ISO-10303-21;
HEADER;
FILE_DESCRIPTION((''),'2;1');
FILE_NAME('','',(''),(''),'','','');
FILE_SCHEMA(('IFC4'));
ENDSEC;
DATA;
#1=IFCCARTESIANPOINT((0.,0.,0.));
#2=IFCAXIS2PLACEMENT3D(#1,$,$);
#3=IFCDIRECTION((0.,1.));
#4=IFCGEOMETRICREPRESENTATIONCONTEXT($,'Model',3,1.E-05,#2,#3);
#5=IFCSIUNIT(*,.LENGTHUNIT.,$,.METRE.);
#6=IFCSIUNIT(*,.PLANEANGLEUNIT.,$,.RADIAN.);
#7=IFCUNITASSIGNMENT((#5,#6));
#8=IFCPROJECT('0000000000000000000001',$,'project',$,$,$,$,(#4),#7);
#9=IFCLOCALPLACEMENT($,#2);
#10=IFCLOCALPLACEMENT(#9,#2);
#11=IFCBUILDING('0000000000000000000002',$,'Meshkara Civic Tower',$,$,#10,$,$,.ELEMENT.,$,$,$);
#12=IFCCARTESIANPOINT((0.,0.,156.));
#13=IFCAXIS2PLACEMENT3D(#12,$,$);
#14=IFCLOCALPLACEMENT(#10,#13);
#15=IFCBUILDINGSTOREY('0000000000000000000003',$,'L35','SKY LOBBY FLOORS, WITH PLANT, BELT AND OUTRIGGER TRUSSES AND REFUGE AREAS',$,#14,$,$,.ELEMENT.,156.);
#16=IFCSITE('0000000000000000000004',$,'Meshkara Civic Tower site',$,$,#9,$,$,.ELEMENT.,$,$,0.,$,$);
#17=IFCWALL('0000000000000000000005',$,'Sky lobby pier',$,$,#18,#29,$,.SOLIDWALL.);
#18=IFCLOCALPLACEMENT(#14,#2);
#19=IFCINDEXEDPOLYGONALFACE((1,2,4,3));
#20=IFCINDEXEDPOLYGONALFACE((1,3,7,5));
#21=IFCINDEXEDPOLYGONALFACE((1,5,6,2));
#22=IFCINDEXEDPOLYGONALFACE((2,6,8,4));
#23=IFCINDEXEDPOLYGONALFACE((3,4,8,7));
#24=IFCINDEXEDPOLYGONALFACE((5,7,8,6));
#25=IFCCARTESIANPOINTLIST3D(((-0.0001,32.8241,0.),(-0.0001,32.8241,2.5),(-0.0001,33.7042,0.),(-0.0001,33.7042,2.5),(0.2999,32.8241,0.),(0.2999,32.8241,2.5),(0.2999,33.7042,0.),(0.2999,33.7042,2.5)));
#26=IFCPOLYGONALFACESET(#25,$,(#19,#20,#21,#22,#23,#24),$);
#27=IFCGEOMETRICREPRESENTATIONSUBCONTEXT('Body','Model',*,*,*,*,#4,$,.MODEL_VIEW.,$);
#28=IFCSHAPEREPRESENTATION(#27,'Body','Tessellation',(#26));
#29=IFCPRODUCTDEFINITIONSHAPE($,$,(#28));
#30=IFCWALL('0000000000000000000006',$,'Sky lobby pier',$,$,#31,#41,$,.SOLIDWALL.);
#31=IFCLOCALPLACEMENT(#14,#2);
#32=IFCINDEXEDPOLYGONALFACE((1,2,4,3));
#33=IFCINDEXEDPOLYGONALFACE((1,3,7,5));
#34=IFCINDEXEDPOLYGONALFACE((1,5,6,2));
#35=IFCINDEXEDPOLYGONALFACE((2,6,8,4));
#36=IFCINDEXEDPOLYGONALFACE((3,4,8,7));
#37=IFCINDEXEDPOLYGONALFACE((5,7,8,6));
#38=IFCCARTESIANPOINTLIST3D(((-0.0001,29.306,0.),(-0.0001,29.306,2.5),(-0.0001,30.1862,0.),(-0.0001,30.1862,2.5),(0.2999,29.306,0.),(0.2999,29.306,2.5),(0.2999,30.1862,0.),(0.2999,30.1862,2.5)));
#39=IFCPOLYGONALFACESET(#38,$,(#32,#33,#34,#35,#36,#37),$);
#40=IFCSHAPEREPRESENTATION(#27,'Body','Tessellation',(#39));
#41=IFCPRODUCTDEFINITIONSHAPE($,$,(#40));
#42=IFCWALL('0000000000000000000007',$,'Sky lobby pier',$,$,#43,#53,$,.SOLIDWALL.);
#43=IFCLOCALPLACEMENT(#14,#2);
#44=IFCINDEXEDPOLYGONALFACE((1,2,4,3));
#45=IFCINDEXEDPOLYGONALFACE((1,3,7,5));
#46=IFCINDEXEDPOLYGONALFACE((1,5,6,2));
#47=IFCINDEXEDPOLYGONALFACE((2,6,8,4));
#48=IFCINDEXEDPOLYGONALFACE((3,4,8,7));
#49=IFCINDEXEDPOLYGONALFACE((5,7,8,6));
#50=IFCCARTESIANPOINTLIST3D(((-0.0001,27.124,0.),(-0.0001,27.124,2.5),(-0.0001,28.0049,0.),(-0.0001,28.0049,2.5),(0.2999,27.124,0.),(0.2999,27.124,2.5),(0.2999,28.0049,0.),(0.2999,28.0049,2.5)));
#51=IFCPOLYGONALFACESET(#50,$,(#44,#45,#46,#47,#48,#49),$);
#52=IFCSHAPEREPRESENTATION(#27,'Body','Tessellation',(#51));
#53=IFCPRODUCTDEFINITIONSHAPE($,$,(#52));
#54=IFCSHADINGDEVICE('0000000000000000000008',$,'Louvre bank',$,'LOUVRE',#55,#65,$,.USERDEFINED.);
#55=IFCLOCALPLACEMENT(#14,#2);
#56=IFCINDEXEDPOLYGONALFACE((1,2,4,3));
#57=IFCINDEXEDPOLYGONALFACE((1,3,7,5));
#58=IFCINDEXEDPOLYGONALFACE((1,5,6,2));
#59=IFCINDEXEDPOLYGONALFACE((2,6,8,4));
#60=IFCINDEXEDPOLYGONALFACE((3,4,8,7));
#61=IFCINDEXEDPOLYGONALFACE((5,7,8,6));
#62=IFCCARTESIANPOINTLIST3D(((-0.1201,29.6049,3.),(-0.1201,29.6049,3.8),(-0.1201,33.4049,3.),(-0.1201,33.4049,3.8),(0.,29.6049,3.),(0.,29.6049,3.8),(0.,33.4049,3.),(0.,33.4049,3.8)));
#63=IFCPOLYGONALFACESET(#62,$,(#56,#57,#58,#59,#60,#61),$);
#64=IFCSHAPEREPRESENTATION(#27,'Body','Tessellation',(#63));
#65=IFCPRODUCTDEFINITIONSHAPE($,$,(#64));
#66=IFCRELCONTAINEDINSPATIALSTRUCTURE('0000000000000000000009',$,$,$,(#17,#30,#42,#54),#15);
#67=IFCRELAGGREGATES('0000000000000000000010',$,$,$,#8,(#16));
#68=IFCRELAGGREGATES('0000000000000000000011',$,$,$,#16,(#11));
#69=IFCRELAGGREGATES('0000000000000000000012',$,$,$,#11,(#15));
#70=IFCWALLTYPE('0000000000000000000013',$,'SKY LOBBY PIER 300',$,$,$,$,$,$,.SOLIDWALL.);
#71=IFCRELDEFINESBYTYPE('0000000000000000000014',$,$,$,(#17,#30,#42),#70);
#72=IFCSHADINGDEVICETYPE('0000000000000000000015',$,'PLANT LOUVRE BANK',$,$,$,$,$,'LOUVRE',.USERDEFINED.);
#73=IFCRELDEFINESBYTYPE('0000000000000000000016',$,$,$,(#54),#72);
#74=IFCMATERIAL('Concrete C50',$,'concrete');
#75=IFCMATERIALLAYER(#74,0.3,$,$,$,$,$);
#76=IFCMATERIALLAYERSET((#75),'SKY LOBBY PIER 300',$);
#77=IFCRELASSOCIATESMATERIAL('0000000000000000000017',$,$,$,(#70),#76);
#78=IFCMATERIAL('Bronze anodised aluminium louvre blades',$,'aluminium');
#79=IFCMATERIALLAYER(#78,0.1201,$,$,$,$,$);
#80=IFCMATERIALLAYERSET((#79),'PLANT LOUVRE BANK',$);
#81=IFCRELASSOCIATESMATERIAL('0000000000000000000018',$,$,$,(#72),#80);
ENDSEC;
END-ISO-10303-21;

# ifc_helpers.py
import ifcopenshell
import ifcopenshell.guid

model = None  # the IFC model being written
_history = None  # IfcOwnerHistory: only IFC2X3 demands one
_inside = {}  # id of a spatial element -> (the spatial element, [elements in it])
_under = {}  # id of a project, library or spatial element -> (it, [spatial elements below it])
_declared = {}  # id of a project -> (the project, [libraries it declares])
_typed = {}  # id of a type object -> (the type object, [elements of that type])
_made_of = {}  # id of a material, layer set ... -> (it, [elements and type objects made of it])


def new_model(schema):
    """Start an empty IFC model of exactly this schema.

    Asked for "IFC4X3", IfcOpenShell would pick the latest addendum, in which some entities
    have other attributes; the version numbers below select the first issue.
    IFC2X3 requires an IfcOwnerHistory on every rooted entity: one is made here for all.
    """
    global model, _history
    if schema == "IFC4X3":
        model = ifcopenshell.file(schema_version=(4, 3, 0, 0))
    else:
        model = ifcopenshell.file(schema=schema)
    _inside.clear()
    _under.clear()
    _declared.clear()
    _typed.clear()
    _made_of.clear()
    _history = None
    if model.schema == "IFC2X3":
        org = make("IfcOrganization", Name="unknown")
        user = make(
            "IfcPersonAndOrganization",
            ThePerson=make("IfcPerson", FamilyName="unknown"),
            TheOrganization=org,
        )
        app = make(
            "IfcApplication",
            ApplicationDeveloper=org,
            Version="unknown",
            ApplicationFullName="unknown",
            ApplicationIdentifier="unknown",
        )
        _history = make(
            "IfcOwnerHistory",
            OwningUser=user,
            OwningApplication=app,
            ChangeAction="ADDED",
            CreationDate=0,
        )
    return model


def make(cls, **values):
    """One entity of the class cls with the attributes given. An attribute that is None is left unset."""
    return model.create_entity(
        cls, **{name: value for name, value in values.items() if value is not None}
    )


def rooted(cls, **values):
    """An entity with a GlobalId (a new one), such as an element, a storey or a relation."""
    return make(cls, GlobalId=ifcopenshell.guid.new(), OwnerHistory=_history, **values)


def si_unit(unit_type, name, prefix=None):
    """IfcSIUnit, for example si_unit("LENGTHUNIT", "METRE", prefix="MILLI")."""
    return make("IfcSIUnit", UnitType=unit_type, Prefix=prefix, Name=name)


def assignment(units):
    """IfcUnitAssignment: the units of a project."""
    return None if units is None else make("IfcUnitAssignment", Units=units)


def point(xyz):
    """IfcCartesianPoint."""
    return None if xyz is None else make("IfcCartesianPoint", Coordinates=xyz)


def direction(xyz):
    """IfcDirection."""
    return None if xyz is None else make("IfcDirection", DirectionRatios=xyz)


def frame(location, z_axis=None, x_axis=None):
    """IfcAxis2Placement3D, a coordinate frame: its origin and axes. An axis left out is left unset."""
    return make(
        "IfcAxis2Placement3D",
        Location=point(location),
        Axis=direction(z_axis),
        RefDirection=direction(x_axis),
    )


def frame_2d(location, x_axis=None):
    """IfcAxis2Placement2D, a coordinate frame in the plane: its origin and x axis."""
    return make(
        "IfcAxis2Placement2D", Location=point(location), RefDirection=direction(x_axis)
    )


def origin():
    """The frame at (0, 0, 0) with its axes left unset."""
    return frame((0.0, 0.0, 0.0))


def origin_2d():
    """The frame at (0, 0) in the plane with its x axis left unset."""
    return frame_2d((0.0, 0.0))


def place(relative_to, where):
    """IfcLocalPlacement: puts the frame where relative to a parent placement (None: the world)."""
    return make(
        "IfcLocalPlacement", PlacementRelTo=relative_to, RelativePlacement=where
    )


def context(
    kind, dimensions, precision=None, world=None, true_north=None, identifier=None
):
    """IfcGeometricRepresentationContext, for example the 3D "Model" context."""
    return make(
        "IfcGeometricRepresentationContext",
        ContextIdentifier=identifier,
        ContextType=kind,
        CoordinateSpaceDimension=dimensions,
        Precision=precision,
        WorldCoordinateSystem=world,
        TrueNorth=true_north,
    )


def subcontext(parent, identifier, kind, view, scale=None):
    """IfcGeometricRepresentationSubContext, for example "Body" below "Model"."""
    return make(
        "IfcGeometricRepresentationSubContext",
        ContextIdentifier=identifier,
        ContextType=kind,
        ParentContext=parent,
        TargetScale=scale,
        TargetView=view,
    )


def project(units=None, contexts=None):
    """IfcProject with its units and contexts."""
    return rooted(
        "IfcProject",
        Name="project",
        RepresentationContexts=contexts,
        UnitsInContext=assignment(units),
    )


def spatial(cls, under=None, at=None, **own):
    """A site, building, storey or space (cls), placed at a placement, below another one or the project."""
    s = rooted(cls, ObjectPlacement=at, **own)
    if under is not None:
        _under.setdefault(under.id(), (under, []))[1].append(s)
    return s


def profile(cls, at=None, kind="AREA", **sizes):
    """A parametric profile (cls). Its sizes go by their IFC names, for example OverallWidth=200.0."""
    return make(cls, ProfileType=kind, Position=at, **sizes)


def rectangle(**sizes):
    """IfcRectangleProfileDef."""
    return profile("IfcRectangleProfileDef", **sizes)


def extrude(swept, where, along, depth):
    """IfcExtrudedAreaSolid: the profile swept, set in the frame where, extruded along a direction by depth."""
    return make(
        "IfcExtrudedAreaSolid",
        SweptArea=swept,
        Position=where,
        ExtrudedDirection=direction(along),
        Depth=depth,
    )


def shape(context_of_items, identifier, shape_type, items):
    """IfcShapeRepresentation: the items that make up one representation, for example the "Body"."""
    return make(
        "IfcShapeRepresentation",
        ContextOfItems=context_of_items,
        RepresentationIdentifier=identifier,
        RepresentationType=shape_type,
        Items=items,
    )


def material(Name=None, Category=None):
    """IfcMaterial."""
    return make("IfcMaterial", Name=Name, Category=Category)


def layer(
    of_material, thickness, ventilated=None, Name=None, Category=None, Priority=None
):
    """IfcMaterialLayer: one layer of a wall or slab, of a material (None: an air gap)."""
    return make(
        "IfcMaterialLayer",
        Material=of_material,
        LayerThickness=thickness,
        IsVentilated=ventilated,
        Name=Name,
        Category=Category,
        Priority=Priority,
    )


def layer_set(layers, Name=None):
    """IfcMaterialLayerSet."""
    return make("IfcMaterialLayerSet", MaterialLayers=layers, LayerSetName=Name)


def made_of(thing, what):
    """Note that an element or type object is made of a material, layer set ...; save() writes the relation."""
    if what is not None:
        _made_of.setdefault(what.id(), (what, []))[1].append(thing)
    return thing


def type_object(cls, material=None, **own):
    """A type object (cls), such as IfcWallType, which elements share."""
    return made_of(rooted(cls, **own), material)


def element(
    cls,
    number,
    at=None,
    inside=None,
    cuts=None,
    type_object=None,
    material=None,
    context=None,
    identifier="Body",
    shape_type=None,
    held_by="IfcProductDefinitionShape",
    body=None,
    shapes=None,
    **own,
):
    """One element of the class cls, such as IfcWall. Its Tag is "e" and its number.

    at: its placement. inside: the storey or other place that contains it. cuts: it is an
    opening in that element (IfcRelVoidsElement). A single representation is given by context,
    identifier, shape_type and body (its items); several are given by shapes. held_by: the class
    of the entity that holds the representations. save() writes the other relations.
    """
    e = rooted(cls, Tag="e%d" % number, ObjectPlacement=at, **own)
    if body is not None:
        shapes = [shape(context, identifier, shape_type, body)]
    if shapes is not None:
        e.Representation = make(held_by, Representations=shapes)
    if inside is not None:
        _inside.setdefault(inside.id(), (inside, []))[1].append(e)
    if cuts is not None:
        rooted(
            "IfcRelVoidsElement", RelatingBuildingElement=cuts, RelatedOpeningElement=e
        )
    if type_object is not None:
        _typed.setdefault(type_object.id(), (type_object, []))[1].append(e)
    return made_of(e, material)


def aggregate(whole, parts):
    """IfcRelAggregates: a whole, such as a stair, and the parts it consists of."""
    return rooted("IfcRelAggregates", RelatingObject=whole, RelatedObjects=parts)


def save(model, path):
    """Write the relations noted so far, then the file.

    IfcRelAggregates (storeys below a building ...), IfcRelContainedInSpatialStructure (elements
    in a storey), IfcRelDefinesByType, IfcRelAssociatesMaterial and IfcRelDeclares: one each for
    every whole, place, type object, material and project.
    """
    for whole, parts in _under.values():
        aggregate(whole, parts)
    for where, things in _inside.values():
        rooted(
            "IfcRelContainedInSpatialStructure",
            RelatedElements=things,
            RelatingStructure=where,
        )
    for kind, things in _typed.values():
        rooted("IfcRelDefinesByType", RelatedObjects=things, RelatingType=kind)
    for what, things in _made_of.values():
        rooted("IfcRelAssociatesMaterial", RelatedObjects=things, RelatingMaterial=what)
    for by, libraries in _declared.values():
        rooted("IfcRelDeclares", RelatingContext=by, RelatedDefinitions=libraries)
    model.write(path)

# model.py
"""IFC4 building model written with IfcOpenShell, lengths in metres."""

from ifc_helpers import new_model, si_unit, direction, frame, frame_2d, origin, origin_2d, place, context, subcontext, project, spatial, rectangle, extrude, material, layer, layer_set, type_object, element, save


model = new_model("IFC4")

# Units and contexts
model_context = context("Model", 3, precision=1e-05, world=origin(), true_north=direction((0.0, 1.0)))
body_context = subcontext(model_context, "Body", "Model", "MODEL_VIEW")
ifc_project = project(units=[si_unit("LENGTHUNIT", "METRE"), si_unit("PLANEANGLEUNIT", "RADIAN")], contexts=[model_context])

# Site, building, storey
site_placement = place(None, origin())
site = spatial("IfcSite", under=ifc_project, at=site_placement, Name="Meshkara Civic Tower site", CompositionType="ELEMENT", RefElevation=0.0)
building_placement = place(site_placement, origin())
building = spatial("IfcBuilding", under=site, at=building_placement, Name="Meshkara Civic Tower", CompositionType="ELEMENT")
storey_placement = place(building_placement, frame((0.0, 0.0, 156.0)))
storey = spatial("IfcBuildingStorey", under=building, at=storey_placement, Name="L35", Description="SKY LOBBY FLOORS, WITH PLANT, BELT AND OUTRIGGER TRUSSES AND REFUGE AREAS", CompositionType="ELEMENT", Elevation=156.0)

# Walls
ifc_material_1 = material(Name="Concrete C50", Category="concrete")
ifc_layer_1 = layer(ifc_material_1, 0.3)
ifc_layer_set_1 = layer_set([ifc_layer_1], Name="SKY LOBBY PIER 300")
wall_type_1 = type_object("IfcWallType", Name="SKY LOBBY PIER 300", PredefinedType="SOLIDWALL", material=ifc_layer_set_1)
for number, where, z_axis, x_axis, name in (
    (1, (0.1499, 33.7041, 0.0), (0.0, 0.0, 1.0), (0.0, -1.0, 0.0), "Sky lobby pier"),
    (2, (0.1499, 30.186, 0.0), (0.0, 0.0, 1.0), (0.0, -1.0, 0.0), "Sky lobby pier"),
):
    element("IfcWall", number, at=place(storey_placement, frame(where, z_axis=z_axis, x_axis=x_axis)), inside=storey, type_object=wall_type_1, Name=name, PredefinedType="SOLIDWALL", context=body_context, shape_type="SweptSolid", body=[
        extrude(rectangle(XDim=0.8801, YDim=0.3, at=frame_2d((0.4399, 0.0))), origin(), (0.0, 0.0, 1.0), 2.5),
    ])
wall_1_placement = place(storey_placement, frame((0.1499, 28.0049, 0.0), z_axis=(0.0, 0.0, 1.0), x_axis=(0.0, -1.0, 0.0)))
element("IfcWall", 3, at=wall_1_placement, inside=storey, type_object=wall_type_1, Name="Sky lobby pier", PredefinedType="SOLIDWALL", context=body_context, shape_type="SweptSolid", body=[
    extrude(rectangle(XDim=0.8809, YDim=0.3, at=frame_2d((0.4404, 0.0))), origin(), (0.0, 0.0, 1.0), 2.5),
])

# Shading device
ifc_material_2 = material(Name="Bronze anodised aluminium louvre blades", Category="aluminium")
ifc_layer_2 = layer(ifc_material_2, 0.1201)
ifc_layer_set_2 = layer_set([ifc_layer_2], Name="PLANT LOUVRE BANK")
shading_device_type = type_object("IfcShadingDeviceType", Name="PLANT LOUVRE BANK", ElementType="LOUVRE", PredefinedType="USERDEFINED", material=ifc_layer_set_2)
shading_device_placement = place(storey_placement, frame((-0.0601, 31.5049, 3.0), z_axis=(0.0, 0.0, 1.0), x_axis=(0.0, -1.0, 0.0)))
element("IfcShadingDevice", 4, at=shading_device_placement, inside=storey, type_object=shading_device_type, Name="Louvre bank", ObjectType="LOUVRE", PredefinedType="USERDEFINED", context=body_context, shape_type="SweptSolid", body=[
    extrude(rectangle(XDim=3.8, YDim=0.1201, at=origin_2d()), origin(), (0.0, 0.0, 1.0), 0.8),
])

save(model, "model.ifc")
